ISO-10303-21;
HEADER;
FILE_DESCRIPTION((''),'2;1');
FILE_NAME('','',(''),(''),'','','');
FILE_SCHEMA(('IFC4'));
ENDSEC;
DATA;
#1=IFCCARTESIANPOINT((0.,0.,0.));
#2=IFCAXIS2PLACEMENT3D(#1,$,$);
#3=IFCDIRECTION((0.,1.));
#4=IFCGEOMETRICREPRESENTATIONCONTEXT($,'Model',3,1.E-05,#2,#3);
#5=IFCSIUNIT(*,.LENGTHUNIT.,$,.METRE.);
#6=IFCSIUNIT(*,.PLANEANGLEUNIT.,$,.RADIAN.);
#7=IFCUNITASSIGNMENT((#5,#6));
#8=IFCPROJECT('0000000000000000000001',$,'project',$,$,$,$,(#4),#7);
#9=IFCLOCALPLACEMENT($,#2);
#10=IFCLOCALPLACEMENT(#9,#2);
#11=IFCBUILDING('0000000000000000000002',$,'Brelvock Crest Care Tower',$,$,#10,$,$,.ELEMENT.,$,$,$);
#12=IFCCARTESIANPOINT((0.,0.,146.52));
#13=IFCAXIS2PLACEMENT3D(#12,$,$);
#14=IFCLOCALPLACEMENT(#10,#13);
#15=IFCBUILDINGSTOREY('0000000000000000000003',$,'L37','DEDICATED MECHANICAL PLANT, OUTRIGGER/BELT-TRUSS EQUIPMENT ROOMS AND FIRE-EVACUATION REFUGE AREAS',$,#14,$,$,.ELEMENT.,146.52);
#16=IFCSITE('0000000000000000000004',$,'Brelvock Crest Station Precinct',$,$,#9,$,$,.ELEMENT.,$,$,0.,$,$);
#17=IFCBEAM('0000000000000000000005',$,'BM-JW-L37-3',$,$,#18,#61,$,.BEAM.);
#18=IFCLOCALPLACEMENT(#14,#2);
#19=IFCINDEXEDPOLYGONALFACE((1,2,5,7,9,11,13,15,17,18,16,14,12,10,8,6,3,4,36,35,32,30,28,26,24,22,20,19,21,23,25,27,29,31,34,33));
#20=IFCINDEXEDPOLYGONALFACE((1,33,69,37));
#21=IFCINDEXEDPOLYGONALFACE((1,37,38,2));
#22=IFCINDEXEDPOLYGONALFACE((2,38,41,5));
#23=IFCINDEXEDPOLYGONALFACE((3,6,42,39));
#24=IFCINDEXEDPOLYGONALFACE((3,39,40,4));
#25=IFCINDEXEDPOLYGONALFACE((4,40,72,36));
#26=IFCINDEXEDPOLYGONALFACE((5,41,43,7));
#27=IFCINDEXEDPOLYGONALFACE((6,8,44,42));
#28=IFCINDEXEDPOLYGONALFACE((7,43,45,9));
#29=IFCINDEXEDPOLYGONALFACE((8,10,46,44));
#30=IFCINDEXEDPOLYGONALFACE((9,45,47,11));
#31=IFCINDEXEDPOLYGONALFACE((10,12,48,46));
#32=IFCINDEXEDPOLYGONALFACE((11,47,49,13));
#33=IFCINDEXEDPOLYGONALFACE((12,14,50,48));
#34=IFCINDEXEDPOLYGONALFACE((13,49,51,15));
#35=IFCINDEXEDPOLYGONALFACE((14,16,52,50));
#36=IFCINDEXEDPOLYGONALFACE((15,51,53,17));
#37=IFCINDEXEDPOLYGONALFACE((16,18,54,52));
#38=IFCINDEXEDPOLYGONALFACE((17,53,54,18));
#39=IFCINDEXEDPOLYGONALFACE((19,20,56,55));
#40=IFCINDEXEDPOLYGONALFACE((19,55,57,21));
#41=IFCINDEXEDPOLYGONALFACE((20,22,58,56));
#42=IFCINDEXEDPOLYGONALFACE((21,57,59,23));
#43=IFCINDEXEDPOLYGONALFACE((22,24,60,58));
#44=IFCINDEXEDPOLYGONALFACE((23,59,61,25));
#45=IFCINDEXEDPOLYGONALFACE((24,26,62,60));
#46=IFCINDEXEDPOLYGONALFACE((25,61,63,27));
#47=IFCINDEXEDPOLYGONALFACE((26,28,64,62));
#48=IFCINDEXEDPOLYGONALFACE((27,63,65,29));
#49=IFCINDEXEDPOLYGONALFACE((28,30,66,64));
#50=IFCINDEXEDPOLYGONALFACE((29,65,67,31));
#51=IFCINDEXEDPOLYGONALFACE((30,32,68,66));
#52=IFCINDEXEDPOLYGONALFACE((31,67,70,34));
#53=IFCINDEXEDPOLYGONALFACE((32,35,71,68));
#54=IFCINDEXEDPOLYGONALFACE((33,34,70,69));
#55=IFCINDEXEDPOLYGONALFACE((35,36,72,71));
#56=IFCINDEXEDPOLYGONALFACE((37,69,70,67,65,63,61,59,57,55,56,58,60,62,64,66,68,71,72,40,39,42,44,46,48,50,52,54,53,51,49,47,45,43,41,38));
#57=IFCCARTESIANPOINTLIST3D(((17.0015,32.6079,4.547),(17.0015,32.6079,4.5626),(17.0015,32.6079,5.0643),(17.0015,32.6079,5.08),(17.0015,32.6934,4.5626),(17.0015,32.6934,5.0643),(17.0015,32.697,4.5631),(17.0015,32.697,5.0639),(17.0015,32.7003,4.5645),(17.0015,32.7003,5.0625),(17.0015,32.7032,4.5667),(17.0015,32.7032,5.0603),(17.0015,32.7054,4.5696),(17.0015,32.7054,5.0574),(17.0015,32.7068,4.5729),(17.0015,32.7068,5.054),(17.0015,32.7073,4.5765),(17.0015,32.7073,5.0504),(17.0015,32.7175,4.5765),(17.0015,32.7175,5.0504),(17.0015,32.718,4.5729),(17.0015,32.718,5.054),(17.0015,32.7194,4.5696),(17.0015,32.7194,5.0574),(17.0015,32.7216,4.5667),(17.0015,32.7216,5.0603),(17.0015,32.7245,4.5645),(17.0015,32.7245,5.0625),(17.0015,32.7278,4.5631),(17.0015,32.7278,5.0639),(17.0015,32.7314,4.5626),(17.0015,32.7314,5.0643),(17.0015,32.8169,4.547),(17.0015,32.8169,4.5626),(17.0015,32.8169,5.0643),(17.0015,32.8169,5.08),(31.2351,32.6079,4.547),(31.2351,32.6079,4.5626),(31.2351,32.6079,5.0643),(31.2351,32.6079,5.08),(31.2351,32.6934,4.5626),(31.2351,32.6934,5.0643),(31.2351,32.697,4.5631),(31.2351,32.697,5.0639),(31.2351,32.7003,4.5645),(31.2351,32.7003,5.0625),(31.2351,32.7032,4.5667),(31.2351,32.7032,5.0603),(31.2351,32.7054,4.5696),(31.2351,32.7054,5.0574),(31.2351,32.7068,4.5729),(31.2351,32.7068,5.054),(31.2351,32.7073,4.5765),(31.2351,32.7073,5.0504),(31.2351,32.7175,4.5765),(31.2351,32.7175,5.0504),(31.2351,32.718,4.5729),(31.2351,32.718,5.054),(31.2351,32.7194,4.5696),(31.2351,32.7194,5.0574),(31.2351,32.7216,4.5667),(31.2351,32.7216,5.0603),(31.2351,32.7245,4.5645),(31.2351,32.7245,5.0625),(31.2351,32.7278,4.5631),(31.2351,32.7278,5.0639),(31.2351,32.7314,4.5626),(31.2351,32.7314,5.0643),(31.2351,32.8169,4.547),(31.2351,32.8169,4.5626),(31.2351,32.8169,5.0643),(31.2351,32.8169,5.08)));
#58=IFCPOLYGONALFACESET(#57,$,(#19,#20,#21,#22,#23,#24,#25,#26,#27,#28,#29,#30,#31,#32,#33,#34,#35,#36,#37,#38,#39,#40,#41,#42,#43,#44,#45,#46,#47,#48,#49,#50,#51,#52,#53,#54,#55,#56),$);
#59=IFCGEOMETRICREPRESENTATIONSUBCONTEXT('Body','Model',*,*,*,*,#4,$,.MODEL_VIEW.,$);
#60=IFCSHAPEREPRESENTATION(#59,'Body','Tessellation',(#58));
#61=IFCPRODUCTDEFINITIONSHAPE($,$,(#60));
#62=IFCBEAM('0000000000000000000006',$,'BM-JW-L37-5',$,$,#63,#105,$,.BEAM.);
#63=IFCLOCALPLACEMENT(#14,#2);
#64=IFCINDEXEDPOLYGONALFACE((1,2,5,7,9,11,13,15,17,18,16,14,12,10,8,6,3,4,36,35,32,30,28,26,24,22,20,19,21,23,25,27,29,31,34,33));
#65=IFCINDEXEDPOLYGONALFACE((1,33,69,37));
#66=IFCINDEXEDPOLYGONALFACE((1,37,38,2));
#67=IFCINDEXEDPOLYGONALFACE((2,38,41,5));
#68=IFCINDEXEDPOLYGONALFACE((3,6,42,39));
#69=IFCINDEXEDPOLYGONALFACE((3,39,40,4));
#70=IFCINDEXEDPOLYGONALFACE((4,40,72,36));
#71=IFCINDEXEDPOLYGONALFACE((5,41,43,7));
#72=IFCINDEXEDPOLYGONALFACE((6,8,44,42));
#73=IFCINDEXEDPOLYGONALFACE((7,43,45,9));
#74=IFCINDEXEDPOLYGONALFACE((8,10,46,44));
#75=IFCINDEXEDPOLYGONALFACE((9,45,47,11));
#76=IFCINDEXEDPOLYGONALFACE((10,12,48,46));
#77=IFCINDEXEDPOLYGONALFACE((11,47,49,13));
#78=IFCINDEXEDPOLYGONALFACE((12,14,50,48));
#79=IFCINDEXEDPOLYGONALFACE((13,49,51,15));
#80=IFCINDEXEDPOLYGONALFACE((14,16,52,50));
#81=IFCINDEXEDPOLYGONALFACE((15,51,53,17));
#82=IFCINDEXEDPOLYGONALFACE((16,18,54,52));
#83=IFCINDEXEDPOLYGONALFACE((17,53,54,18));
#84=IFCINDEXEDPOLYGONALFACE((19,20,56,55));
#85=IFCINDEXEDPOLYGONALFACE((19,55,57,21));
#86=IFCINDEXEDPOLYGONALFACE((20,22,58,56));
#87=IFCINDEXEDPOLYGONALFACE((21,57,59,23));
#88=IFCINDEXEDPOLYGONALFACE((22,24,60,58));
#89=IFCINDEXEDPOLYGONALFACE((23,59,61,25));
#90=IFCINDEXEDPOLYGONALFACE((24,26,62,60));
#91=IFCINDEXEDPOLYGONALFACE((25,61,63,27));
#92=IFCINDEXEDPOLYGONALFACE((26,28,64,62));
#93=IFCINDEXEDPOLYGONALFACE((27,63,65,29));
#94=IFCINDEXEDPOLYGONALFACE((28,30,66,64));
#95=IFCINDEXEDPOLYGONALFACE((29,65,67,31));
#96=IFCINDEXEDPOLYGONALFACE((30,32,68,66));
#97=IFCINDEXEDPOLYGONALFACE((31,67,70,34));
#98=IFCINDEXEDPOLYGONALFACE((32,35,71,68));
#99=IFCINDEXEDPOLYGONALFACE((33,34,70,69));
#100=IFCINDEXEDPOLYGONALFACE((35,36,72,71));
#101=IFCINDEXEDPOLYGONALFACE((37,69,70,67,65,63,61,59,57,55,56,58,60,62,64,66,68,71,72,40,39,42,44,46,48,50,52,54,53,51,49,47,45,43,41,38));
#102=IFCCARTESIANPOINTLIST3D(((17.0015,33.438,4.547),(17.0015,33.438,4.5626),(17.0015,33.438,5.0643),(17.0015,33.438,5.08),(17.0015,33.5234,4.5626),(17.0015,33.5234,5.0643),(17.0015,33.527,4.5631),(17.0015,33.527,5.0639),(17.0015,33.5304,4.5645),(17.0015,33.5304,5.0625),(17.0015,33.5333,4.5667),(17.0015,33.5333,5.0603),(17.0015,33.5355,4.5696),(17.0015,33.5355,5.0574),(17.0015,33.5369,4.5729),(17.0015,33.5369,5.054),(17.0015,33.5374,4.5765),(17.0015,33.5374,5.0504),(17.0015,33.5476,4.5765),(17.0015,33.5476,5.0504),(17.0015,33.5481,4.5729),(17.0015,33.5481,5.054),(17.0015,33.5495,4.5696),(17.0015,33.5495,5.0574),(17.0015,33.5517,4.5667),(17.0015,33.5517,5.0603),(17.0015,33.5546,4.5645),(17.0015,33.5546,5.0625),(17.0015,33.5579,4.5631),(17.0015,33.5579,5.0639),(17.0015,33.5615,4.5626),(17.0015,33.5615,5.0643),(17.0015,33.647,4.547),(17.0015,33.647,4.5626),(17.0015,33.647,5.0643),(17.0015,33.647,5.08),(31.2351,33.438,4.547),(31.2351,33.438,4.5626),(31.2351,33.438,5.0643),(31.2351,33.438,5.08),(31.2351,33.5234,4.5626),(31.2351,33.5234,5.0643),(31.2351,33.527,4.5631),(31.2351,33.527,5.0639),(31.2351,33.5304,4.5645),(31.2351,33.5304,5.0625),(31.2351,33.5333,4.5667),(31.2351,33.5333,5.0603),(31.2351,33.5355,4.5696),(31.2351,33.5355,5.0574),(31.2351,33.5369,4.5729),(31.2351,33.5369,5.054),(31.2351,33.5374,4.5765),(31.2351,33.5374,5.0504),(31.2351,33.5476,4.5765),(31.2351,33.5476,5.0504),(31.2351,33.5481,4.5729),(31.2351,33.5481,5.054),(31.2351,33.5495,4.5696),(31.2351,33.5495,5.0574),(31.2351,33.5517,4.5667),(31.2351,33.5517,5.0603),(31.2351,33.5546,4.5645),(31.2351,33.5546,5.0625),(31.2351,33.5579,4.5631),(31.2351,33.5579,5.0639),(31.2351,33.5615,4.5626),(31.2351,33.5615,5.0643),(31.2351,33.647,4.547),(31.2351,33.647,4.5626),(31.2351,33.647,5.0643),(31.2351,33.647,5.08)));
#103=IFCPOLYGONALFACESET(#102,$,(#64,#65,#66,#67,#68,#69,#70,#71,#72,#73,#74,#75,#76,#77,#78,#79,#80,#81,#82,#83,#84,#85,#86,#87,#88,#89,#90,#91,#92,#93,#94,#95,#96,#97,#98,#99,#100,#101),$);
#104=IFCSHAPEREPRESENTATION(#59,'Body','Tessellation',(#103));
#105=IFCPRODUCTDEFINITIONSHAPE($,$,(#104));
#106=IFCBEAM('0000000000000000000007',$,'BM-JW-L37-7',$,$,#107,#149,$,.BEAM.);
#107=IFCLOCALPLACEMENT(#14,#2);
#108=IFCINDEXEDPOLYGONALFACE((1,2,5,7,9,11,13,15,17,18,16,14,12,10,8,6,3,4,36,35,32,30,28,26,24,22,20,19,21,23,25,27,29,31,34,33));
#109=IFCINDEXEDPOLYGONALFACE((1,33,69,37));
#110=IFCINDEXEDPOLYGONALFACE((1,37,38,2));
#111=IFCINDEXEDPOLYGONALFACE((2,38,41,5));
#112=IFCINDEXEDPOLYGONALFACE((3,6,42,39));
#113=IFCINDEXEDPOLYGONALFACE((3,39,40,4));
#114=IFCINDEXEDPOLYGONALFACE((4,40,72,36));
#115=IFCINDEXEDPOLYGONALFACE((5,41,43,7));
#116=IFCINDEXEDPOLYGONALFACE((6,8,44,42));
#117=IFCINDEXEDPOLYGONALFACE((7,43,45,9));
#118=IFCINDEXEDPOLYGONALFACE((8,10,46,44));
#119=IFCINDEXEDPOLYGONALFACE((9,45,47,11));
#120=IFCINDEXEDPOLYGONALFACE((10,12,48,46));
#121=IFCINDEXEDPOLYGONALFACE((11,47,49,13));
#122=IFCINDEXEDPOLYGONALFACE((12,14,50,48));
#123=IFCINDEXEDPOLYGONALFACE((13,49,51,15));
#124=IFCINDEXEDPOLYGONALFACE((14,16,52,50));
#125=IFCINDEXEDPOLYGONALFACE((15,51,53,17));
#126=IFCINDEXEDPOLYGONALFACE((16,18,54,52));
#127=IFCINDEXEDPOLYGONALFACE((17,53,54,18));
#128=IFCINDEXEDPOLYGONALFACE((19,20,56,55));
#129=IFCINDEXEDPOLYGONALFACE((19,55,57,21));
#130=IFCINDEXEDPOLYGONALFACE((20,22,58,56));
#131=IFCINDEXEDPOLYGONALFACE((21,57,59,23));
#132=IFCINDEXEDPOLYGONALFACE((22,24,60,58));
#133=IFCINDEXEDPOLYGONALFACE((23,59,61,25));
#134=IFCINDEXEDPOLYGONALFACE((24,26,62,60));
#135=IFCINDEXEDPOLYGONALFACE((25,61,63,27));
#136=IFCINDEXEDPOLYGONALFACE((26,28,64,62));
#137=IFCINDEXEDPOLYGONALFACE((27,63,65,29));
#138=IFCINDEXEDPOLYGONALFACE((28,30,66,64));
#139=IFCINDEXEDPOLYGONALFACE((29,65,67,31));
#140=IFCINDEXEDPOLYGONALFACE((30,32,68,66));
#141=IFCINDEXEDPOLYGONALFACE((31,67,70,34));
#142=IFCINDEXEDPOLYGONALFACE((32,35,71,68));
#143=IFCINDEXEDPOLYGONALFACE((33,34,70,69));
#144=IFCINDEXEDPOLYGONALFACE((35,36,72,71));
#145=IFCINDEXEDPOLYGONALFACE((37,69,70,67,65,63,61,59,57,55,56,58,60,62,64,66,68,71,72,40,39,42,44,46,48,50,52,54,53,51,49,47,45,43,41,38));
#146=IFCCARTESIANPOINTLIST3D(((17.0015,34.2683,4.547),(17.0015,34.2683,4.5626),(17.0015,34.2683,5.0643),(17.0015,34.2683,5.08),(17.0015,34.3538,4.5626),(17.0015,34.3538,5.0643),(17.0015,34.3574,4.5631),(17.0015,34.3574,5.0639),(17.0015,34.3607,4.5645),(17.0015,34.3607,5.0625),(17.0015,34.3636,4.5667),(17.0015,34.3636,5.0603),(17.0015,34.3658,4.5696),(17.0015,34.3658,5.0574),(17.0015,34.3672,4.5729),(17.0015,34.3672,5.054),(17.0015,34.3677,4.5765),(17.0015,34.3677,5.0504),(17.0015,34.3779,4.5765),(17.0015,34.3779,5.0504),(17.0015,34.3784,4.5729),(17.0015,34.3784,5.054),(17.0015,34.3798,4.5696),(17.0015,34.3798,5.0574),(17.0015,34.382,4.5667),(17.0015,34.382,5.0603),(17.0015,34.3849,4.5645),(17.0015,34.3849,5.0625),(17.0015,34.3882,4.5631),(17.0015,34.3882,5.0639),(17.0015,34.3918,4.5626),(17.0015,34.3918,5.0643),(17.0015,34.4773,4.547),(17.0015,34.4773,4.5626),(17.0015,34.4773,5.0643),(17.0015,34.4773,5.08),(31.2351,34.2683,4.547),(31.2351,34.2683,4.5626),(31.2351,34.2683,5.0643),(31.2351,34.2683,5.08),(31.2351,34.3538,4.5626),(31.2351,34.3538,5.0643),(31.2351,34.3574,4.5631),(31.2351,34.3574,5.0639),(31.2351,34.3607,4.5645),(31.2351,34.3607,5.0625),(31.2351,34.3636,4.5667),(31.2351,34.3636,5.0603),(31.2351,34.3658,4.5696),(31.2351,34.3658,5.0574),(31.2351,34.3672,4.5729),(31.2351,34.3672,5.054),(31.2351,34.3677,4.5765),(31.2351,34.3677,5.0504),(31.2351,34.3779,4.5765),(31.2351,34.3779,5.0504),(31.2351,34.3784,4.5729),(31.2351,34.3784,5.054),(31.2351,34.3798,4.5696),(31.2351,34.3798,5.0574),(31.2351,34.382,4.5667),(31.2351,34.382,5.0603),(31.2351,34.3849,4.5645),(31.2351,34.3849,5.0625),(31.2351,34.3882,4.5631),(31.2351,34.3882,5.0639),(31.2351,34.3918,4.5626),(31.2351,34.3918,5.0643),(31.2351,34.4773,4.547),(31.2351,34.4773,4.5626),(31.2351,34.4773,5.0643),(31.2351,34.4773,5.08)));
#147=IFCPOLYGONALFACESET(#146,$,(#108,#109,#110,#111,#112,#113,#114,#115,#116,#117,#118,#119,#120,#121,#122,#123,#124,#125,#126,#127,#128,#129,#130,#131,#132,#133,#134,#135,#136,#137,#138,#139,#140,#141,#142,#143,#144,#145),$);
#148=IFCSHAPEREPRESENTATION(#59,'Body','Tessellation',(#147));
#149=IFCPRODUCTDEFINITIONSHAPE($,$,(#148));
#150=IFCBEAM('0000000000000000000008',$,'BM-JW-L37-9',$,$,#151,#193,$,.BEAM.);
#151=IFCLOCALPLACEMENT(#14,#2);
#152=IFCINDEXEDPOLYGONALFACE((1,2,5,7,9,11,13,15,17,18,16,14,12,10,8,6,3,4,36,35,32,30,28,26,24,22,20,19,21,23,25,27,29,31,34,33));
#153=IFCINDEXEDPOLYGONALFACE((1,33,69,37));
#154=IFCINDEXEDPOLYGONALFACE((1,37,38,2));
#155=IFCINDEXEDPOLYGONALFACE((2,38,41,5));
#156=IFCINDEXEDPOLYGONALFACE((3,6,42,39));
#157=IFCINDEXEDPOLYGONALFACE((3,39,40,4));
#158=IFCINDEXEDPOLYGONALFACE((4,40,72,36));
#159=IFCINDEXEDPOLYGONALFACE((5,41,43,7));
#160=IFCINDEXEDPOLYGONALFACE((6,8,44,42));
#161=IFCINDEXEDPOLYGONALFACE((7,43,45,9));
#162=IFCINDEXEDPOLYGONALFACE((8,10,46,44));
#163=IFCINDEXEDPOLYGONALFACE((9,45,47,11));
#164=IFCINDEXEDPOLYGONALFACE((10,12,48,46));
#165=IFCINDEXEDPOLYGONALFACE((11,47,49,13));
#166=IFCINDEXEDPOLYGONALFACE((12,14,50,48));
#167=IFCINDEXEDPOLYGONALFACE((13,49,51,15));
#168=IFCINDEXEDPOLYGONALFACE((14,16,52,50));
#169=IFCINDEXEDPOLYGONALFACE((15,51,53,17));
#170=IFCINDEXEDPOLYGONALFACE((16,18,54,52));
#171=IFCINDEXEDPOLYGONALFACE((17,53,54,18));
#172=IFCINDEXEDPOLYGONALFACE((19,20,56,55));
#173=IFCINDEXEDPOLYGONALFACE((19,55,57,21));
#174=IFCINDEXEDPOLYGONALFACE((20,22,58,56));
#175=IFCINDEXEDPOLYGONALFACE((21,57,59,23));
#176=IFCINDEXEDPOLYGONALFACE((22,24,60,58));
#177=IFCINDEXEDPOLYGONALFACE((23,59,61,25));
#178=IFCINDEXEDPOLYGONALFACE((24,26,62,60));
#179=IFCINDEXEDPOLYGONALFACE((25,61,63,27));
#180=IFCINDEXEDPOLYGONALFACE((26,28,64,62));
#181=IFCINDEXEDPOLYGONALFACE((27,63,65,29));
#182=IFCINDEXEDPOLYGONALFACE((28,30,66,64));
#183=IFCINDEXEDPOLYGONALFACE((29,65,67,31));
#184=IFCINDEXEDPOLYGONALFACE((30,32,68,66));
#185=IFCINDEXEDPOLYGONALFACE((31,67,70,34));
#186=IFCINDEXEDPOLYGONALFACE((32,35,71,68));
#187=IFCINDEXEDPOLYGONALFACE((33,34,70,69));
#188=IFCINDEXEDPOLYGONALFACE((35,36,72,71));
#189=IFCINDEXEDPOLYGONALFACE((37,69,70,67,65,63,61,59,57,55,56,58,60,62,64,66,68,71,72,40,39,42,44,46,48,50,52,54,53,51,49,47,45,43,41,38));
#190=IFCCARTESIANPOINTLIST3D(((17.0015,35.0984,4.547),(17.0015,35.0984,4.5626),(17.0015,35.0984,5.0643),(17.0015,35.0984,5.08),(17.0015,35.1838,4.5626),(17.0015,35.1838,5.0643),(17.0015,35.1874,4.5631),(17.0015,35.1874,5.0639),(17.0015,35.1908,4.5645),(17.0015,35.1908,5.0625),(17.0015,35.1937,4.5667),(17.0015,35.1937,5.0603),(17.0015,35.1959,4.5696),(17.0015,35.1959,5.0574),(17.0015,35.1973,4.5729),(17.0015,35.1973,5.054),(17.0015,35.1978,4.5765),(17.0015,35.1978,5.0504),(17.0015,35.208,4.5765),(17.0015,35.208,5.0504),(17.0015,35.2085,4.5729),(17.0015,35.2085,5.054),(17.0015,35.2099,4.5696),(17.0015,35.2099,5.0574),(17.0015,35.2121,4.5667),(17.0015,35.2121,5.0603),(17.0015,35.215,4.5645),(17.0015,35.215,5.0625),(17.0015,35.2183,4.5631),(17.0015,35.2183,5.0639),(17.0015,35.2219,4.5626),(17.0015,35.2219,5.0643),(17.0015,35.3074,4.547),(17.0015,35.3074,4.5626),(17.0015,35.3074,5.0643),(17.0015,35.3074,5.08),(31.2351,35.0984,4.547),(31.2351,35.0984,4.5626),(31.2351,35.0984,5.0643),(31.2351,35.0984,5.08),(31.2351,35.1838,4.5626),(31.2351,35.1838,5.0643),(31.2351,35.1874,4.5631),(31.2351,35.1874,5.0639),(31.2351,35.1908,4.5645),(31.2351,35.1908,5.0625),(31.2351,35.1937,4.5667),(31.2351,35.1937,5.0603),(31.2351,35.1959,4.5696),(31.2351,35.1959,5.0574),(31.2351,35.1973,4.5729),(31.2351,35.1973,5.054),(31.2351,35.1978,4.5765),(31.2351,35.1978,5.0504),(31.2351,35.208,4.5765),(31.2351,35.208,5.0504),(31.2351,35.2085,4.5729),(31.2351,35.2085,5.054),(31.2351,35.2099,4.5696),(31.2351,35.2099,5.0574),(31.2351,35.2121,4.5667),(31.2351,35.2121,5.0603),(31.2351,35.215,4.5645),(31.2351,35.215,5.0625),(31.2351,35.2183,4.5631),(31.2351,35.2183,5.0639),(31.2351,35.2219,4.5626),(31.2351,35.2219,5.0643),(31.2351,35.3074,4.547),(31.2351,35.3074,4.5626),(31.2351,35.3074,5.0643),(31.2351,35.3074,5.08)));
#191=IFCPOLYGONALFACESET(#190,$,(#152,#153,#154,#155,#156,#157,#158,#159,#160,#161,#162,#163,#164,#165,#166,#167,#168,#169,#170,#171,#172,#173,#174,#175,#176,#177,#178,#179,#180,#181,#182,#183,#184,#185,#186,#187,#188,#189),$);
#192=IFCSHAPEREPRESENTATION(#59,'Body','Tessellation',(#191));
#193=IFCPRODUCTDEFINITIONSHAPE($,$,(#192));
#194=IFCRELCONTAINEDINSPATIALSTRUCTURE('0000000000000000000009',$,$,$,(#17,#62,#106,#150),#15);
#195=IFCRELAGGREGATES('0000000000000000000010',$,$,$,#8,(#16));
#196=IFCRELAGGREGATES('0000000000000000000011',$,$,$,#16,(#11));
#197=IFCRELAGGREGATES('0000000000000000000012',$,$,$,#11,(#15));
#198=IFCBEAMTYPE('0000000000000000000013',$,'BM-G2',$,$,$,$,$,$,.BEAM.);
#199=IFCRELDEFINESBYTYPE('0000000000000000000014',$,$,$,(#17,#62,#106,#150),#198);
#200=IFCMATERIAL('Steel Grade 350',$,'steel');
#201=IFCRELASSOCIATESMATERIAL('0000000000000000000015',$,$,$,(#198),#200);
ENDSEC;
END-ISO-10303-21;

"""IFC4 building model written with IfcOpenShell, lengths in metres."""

from ifc_helpers import new_model, si_unit, direction, frame, origin, origin_2d, place, context, subcontext, project, spatial, i_section, extrude, source, transform, mapped, material, material_profile, profile_set, type_object, element, save


model = new_model("IFC4")

# Units and contexts
model_context = context("Model", 3, precision=1e-05, world=origin(), true_north=direction((0.0, 1.0)))
body_context = subcontext(model_context, "Body", "Model", "MODEL_VIEW")
ifc_project = project(units=[si_unit("LENGTHUNIT", "METRE"), si_unit("PLANEANGLEUNIT", "RADIAN")], contexts=[model_context])

# Site, building, storey
site_placement = place(None, origin())
site = spatial("IfcSite", under=ifc_project, at=site_placement, Name="Brelvock Crest Station Precinct", CompositionType="ELEMENT", RefElevation=0.0)
building_placement = place(site_placement, origin())
building = spatial("IfcBuilding", under=site, at=building_placement, Name="Brelvock Crest Care Tower", CompositionType="ELEMENT")
storey_placement = place(building_placement, frame((0.0, 0.0, 146.52)))
storey = spatial("IfcBuildingStorey", under=building, at=storey_placement, Name="L37", Description="DEDICATED MECHANICAL PLANT, OUTRIGGER/BELT-TRUSS EQUIPMENT ROOMS AND FIRE-EVACUATION REFUGE AREAS", CompositionType="ELEMENT", Elevation=146.52)

# Shared definitions
ifc_material_1 = material(Name="Steel Grade 350", Category="steel")

# Beams
ifc_material_profile_1 = material_profile(ifc_material_1, i_section(OverallWidth=0.209, OverallDepth=0.533, WebThickness=0.0103, FlangeThickness=0.0156, FilletRadius=0.0139, at=origin_2d()), Name="530UB92.4")
ifc_profile_set_1 = profile_set([ifc_material_profile_1], Name="Steel Grade 350")
beam_type_1 = type_object("IfcBeamType", Name="BM-G2", PredefinedType="BEAM", material=ifc_profile_set_1)
shared_shape_1 = source(origin(), body_context, "Body", "SweptSolid", [
    extrude(i_section(OverallWidth=0.209, OverallDepth=0.533, WebThickness=0.0103, FlangeThickness=0.0156, FilletRadius=0.0139, at=origin_2d()), origin(), (0.0, 0.0, 1.0), 14.2336),
])
for number, where, z_axis, x_axis, name in (
    (1, (17.0015, 32.7124, 4.8135), (1.0, 0.0, 0.0), (0.0, 1.0, 0.0), "BM-JW-L37-3"),
    (2, (17.0015, 33.5425, 4.8135), (1.0, 0.0, 0.0), (0.0, 1.0, 0.0), "BM-JW-L37-5"),
    (3, (17.0015, 34.3728, 4.8135), (1.0, 0.0, 0.0), (0.0, 1.0, 0.0), "BM-JW-L37-7"),
    (4, (17.0015, 35.2029, 4.8135), (1.0, 0.0, 0.0), (0.0, 1.0, 0.0), "BM-JW-L37-9"),
):
    element("IfcBeam", number, at=place(storey_placement, frame(where, z_axis=z_axis, x_axis=x_axis)), inside=storey, type_object=beam_type_1, Name=name, PredefinedType="BEAM", context=body_context, shape_type="MappedRepresentation", body=[
        mapped(shared_shape_1, transform((0.0, 0.0, 0.0), x_axis=(1.0, 0.0, 0.0), y_axis=(0.0, 1.0, 0.0), z_axis=(0.0, 0.0, 1.0), scale=1.0)),
    ])

save(model, "model.ifc")
